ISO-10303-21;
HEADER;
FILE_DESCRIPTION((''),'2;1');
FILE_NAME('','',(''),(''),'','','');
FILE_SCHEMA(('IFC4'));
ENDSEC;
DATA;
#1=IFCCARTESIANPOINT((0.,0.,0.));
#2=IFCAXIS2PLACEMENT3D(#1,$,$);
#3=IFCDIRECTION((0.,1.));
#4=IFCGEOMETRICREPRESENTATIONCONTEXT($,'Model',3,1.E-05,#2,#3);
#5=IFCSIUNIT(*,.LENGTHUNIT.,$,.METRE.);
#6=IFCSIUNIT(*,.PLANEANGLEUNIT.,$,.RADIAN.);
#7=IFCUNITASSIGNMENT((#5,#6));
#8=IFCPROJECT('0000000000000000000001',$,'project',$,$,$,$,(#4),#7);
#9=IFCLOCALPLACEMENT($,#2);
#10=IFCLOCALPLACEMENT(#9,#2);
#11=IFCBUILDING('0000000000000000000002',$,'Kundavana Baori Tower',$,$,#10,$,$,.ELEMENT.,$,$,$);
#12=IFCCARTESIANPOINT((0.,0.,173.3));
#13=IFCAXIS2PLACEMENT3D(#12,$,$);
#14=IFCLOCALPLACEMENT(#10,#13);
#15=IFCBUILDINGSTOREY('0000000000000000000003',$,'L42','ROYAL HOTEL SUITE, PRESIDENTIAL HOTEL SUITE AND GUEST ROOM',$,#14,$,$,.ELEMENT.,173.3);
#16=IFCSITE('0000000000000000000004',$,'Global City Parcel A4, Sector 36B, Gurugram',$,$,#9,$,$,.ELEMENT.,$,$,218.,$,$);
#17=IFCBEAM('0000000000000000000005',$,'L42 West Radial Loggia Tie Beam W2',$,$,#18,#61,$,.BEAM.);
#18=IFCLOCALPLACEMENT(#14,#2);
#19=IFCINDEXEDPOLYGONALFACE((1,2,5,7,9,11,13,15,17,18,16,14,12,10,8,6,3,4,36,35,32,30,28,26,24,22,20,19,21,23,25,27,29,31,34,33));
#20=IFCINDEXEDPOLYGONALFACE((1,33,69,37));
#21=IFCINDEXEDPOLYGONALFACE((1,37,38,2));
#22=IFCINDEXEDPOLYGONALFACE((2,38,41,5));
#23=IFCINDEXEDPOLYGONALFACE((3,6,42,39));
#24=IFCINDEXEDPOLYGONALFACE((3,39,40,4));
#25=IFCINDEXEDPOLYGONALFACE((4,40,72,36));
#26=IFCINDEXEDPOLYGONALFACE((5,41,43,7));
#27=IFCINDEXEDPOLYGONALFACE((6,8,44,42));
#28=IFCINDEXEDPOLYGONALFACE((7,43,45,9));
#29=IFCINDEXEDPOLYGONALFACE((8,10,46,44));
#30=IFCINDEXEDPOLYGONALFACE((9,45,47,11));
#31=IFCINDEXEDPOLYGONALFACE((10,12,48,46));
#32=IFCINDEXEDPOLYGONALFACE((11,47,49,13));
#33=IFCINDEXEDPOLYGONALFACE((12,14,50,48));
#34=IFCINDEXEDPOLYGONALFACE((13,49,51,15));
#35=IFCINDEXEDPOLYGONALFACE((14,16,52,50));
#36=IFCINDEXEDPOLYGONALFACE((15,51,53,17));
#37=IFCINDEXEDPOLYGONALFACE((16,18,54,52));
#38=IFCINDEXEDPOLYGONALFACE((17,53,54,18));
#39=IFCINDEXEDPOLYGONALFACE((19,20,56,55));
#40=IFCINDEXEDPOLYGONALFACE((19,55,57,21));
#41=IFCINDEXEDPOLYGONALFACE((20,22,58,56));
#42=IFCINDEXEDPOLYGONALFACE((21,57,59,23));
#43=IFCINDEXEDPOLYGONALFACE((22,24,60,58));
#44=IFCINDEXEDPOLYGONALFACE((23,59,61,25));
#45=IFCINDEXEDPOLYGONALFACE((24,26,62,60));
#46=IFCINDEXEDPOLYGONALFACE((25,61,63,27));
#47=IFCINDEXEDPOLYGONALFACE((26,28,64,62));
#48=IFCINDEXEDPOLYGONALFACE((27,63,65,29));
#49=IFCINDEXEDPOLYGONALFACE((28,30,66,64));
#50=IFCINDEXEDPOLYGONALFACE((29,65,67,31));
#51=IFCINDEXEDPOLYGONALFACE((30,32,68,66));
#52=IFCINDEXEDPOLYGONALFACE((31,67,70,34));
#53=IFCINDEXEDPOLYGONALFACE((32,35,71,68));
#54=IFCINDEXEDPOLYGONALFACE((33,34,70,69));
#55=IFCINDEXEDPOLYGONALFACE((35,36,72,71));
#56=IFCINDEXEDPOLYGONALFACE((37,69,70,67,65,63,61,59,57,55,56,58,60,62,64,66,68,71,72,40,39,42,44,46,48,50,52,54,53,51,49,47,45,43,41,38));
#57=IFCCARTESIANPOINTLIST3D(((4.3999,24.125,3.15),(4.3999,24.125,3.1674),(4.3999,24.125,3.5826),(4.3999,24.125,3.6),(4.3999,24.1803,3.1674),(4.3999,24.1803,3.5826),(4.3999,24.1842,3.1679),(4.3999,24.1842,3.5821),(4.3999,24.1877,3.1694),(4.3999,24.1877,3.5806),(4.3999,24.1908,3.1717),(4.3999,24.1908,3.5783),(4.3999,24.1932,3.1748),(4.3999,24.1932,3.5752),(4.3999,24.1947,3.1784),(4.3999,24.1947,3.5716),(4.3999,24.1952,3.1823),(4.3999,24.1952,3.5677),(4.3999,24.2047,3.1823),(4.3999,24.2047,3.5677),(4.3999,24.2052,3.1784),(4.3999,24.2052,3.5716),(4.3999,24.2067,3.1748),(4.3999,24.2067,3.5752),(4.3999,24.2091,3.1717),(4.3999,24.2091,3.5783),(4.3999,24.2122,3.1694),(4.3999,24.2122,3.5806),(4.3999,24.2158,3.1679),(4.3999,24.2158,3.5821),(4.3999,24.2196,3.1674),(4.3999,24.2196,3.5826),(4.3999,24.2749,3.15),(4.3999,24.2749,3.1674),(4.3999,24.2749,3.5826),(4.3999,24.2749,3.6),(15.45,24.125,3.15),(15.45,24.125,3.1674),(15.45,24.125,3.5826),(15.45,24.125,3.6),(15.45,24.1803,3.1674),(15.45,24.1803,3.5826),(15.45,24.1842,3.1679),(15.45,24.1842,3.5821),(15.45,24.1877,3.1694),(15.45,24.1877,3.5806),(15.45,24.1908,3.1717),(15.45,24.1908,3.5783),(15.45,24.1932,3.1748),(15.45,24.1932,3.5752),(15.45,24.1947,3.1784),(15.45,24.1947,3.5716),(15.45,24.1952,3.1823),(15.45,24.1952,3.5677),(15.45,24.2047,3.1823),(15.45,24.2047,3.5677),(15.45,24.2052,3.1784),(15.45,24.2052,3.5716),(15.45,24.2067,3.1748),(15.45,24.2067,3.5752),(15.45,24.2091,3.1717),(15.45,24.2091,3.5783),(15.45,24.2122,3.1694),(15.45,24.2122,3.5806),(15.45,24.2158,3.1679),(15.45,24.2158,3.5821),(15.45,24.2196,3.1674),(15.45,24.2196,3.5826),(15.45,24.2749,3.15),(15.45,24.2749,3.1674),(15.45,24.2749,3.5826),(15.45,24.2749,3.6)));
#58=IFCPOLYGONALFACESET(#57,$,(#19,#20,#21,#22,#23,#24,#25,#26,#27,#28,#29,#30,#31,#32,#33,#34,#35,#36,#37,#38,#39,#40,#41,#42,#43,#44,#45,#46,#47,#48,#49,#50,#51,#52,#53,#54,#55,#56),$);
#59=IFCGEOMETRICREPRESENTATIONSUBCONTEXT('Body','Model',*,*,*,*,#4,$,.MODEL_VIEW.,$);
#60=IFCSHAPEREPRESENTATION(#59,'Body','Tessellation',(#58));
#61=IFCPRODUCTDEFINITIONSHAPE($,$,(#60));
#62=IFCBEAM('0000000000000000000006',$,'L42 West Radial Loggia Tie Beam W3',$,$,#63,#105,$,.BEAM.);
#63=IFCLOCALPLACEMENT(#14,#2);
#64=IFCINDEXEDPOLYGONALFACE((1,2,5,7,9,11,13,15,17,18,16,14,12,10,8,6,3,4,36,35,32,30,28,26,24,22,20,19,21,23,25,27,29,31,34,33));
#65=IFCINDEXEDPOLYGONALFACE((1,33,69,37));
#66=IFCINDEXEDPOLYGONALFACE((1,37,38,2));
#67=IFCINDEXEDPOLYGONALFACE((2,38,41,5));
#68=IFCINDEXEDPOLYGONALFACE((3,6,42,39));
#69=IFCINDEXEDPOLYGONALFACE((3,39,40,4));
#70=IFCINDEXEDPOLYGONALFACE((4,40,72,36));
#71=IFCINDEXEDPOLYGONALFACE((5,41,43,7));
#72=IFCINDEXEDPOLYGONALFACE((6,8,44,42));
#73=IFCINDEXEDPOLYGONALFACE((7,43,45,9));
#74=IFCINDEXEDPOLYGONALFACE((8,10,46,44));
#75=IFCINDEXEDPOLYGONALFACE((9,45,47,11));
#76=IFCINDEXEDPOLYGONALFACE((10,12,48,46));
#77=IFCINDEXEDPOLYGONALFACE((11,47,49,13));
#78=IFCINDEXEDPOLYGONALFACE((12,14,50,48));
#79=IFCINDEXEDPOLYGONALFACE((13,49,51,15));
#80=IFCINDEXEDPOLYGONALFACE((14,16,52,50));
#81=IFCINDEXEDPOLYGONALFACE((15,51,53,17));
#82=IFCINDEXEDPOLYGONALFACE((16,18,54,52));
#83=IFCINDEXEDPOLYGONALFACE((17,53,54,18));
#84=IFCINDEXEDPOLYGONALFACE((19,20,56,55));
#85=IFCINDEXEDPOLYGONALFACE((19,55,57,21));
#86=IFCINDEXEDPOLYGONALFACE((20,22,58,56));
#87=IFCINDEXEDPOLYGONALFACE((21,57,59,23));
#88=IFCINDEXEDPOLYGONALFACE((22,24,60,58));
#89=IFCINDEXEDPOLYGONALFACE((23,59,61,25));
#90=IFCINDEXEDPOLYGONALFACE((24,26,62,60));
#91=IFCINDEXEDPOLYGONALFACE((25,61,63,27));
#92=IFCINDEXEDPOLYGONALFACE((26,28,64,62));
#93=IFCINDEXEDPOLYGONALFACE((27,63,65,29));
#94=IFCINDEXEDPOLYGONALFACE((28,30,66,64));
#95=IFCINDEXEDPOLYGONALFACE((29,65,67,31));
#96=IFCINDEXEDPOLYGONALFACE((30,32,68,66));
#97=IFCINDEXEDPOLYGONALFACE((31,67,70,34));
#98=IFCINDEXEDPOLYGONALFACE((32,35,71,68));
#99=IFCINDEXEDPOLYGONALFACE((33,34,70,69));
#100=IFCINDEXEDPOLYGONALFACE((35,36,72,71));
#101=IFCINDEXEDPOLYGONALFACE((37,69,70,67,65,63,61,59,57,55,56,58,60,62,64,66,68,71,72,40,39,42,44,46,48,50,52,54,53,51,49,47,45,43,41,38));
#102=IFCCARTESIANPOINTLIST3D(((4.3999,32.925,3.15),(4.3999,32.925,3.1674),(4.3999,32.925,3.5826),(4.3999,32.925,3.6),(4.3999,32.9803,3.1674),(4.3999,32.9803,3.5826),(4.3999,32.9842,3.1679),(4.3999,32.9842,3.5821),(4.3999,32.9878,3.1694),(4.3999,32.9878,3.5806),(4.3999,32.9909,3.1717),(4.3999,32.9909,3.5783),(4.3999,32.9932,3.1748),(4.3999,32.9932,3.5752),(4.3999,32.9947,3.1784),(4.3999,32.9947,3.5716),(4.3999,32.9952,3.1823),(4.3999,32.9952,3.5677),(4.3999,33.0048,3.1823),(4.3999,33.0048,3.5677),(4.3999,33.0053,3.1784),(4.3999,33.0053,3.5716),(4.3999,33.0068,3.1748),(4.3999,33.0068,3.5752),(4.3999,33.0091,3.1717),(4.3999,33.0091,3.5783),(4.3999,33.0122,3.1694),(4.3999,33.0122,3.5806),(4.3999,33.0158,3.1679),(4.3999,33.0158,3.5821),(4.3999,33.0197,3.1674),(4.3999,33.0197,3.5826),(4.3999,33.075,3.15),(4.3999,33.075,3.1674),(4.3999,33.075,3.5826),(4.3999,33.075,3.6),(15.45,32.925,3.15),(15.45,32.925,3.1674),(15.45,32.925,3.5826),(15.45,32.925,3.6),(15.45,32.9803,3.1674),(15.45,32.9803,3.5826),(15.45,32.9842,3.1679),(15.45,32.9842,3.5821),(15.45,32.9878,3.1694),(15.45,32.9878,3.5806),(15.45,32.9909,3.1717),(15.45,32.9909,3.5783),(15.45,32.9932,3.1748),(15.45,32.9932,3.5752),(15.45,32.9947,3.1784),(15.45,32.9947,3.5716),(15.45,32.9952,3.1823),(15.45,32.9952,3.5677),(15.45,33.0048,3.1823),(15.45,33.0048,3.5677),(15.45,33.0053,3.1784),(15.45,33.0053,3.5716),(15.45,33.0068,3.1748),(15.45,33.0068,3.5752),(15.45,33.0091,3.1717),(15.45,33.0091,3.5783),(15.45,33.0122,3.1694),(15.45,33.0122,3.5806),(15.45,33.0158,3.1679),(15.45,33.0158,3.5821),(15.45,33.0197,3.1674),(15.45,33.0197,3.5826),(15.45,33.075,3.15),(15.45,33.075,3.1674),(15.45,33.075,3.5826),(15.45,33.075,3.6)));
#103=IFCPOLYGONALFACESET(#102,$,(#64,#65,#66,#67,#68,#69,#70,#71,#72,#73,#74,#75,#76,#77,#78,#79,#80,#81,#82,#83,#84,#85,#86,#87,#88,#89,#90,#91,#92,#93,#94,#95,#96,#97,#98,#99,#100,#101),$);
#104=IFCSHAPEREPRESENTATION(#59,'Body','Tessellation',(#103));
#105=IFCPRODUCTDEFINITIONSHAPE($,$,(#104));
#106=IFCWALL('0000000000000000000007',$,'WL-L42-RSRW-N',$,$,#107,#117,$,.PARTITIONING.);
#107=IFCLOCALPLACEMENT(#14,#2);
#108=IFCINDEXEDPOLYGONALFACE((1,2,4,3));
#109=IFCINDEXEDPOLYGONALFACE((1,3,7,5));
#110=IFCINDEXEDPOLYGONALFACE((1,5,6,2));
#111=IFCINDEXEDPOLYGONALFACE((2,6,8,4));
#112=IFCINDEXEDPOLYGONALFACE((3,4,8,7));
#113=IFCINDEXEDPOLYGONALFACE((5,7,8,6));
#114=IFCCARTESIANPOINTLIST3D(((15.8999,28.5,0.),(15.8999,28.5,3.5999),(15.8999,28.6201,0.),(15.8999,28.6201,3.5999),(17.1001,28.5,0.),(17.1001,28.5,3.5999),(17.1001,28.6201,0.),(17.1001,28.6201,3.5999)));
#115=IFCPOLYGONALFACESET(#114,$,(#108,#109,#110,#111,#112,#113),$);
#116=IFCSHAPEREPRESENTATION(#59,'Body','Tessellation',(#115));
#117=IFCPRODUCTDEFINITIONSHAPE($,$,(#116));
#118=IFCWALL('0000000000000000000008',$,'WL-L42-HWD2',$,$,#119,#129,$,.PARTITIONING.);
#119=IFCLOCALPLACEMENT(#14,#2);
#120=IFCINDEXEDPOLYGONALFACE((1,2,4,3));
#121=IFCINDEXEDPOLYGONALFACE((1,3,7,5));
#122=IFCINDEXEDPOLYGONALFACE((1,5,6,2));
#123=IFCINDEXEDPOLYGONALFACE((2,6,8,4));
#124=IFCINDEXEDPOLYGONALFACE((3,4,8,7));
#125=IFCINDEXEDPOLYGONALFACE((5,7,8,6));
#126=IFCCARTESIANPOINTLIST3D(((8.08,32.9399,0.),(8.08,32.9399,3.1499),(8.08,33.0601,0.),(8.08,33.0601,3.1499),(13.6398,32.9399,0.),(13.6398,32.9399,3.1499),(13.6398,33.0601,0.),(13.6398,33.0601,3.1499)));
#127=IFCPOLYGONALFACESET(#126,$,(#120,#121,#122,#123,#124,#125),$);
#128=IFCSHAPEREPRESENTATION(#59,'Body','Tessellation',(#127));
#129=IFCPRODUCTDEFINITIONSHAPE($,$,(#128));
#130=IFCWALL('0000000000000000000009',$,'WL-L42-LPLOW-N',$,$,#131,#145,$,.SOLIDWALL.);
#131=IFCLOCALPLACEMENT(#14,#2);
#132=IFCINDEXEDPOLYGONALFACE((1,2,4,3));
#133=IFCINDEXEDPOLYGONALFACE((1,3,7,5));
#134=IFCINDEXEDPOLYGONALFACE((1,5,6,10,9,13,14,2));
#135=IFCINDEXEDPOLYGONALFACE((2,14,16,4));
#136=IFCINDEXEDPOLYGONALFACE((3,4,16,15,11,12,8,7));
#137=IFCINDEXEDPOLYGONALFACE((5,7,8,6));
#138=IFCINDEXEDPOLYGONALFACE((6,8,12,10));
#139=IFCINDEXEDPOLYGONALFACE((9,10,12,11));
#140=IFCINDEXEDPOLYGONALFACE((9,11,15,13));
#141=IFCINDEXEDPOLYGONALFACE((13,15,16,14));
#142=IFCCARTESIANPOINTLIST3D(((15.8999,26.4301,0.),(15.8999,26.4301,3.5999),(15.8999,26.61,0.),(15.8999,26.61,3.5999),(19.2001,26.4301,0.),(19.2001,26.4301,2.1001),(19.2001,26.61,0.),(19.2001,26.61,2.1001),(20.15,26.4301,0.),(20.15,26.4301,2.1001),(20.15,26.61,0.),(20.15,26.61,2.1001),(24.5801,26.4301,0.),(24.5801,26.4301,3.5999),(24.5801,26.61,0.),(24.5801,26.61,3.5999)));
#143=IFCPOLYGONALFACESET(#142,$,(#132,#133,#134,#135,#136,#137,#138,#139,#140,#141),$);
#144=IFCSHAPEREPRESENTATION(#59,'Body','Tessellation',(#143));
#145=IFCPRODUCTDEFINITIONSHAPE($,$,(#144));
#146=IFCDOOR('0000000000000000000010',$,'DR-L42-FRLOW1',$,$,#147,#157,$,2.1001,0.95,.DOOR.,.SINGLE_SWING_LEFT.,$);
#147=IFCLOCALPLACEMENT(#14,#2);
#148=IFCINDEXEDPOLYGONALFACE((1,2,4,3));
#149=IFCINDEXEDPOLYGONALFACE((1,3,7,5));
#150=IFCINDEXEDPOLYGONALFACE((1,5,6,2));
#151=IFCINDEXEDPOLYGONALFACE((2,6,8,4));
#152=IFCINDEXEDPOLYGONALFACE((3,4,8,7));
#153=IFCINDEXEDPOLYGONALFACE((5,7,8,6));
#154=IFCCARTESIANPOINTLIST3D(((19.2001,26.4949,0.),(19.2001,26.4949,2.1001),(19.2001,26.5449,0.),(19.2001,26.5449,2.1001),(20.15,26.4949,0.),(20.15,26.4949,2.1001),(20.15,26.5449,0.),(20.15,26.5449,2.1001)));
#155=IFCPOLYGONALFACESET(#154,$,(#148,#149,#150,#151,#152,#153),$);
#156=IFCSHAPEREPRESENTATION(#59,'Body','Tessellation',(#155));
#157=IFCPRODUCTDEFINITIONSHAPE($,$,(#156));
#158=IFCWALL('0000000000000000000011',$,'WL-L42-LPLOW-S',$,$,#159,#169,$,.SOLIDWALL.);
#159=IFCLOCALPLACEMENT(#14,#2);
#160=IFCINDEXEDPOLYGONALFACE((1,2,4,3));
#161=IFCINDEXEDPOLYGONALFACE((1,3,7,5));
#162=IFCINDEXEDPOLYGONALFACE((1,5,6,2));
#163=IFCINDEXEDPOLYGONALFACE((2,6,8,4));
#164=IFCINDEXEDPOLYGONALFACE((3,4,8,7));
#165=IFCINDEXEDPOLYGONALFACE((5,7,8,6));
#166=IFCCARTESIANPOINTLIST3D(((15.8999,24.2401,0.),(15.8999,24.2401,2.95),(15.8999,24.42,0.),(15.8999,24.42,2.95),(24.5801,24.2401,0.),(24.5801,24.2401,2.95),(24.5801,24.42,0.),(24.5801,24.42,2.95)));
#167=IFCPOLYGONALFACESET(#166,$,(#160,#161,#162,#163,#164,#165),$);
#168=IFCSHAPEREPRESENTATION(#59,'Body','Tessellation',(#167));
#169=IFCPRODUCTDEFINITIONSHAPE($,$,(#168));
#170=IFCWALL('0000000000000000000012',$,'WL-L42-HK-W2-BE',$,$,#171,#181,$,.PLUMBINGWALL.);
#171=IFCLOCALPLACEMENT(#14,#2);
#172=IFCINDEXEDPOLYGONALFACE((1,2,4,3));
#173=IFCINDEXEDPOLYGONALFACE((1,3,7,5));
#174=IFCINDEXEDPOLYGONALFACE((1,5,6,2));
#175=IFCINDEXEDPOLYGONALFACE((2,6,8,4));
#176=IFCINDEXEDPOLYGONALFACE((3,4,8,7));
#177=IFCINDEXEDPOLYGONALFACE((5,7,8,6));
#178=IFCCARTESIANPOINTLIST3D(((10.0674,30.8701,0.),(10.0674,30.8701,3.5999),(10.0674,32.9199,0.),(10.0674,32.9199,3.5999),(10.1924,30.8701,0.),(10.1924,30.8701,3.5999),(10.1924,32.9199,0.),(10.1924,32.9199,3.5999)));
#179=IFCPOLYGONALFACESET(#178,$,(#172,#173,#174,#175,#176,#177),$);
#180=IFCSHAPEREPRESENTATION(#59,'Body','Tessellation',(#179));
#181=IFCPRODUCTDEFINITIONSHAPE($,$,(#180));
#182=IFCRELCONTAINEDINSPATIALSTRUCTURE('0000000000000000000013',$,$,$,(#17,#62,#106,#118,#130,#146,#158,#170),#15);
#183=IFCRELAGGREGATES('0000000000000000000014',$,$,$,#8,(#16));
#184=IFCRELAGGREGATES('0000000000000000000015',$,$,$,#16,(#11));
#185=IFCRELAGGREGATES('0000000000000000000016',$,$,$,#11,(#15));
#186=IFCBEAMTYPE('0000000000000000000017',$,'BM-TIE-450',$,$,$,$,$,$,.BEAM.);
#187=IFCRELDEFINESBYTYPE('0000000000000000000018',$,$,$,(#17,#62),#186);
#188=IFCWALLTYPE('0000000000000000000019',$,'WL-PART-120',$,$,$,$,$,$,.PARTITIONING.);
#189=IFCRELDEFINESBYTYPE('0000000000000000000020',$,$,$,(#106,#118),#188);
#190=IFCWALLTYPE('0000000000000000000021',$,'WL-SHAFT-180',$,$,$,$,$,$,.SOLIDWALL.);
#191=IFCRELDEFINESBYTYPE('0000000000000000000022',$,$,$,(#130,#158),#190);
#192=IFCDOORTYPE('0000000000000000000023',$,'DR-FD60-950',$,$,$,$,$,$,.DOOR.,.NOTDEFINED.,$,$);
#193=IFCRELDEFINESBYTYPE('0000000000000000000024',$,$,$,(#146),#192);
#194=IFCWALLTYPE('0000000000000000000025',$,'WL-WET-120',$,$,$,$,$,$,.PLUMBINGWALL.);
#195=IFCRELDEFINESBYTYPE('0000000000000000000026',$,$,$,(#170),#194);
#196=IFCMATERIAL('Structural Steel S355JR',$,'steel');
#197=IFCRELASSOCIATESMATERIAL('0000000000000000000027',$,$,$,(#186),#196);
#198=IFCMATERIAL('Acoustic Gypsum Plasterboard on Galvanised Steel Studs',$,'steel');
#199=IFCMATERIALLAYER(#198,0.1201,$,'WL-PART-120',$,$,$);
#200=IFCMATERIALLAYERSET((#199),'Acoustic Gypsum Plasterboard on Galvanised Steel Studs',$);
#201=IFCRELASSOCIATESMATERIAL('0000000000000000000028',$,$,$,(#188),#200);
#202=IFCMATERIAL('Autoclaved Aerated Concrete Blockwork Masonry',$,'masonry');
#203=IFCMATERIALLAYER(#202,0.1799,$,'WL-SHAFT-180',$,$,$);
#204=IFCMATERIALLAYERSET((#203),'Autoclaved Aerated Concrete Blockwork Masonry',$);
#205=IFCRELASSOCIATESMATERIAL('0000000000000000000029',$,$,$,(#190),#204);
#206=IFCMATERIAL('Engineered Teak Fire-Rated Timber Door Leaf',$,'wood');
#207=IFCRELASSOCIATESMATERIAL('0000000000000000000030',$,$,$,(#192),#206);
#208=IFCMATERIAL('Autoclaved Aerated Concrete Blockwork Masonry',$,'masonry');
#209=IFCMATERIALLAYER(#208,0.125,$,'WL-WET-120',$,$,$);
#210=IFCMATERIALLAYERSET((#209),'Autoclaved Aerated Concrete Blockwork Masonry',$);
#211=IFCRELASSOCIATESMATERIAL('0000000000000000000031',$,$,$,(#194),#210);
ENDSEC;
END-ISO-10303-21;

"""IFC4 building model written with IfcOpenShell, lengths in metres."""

from ifc_helpers import new_model, si_unit, direction, frame, frame_2d, origin, origin_2d, place, context, subcontext, project, spatial, rectangle, i_section, extrude, material, layer, layer_set, material_profile, profile_set, type_object, element, fill, save


model = new_model("IFC4")

# Units and contexts
model_context = context("Model", 3, precision=1e-05, world=origin(), true_north=direction((0.0, 1.0)))
body_context = subcontext(model_context, "Body", "Model", "MODEL_VIEW")
ifc_project = project(units=[si_unit("LENGTHUNIT", "METRE"), si_unit("PLANEANGLEUNIT", "RADIAN")], contexts=[model_context])

# Site, building, storey
site_placement = place(None, origin())
site = spatial("IfcSite", under=ifc_project, at=site_placement, Name="Global City Parcel A4, Sector 36B, Gurugram", CompositionType="ELEMENT", RefElevation=218.0)
building_placement = place(site_placement, origin())
building = spatial("IfcBuilding", under=site, at=building_placement, Name="Kundavana Baori Tower", CompositionType="ELEMENT")
storey_placement = place(building_placement, frame((0.0, 0.0, 173.3)))
storey = spatial("IfcBuildingStorey", under=building, at=storey_placement, Name="L42", Description="ROYAL HOTEL SUITE, PRESIDENTIAL HOTEL SUITE AND GUEST ROOM", CompositionType="ELEMENT", Elevation=173.3)

# Beams
ifc_material_1 = material(Name="Structural Steel S355JR", Category="steel")
ifc_material_profile_1 = material_profile(ifc_material_1, i_section(OverallWidth=0.1499, OverallDepth=0.45, WebThickness=0.0095, FlangeThickness=0.0173, FilletRadius=0.0149, at=origin_2d()), Name="ISMB 450")
ifc_profile_set_1 = profile_set([ifc_material_profile_1], Name="Structural Steel S355JR")
beam_type_1 = type_object("IfcBeamType", Name="BM-TIE-450", PredefinedType="BEAM", material=ifc_profile_set_1)
for number, where, z_axis, x_axis, name in (
    (1, (15.45, 24.2, 3.375), (-1.0, 0.0, 0.0), (0.0, -1.0, 0.0), "L42 West Radial Loggia Tie Beam W2"),
    (2, (15.45, 33.0, 3.375), (-1.0, 0.0, 0.0), (0.0, -1.0, 0.0), "L42 West Radial Loggia Tie Beam W3"),
):
    element("IfcBeam", number, at=place(storey_placement, frame(where, z_axis=z_axis, x_axis=x_axis)), inside=storey, type_object=beam_type_1, Name=name, PredefinedType="BEAM", context=body_context, shape_type="SweptSolid", body=[
        extrude(i_section(OverallWidth=0.1499, OverallDepth=0.45, WebThickness=0.0095, FlangeThickness=0.0173, FilletRadius=0.0149, at=origin_2d()), origin(), (0.0, 0.0, 1.0), 11.05),
    ])

# Walls
ifc_material_2 = material(Name="Acoustic Gypsum Plasterboard on Galvanised Steel Studs", Category="steel")
ifc_layer_1 = layer(ifc_material_2, 0.1201, Name="WL-PART-120")
ifc_layer_set_1 = layer_set([ifc_layer_1], Name="Acoustic Gypsum Plasterboard on Galvanised Steel Studs")
wall_type_1 = type_object("IfcWallType", Name="WL-PART-120", PredefinedType="PARTITIONING", material=ifc_layer_set_1)
wall_1_placement = place(storey_placement, frame((15.8999, 28.5601, 0.0), z_axis=(0.0, 0.0, 1.0), x_axis=(1.0, 0.0, 0.0)))
element("IfcWall", 3, at=wall_1_placement, inside=storey, type_object=wall_type_1, Name="WL-L42-RSRW-N", PredefinedType="PARTITIONING", context=body_context, shape_type="SweptSolid", body=[
    extrude(rectangle(XDim=1.2002, YDim=0.1201, at=frame_2d((0.6001, 0.0))), origin(), (0.0, 0.0, 1.0), 3.5999),
])
wall_2_placement = place(storey_placement, frame((8.0801, 33.0, 0.0), z_axis=(0.0, 0.0, 1.0), x_axis=(1.0, 0.0, 0.0)))
element("IfcWall", 4, at=wall_2_placement, inside=storey, type_object=wall_type_1, Name="WL-L42-HWD2", PredefinedType="PARTITIONING", context=body_context, shape_type="SweptSolid", body=[
    extrude(rectangle(XDim=5.5598, YDim=0.1201, at=frame_2d((2.7798, 0.0))), origin(), (0.0, 0.0, 1.0), 3.1499),
])

# Wall, opening, door
ifc_material_3 = material(Name="Autoclaved Aerated Concrete Blockwork Masonry", Category="masonry")
ifc_layer_2 = layer(ifc_material_3, 0.1799, Name="WL-SHAFT-180")
ifc_layer_set_2 = layer_set([ifc_layer_2], Name="Autoclaved Aerated Concrete Blockwork Masonry")
wall_type_2 = type_object("IfcWallType", Name="WL-SHAFT-180", PredefinedType="SOLIDWALL", material=ifc_layer_set_2)
wall_3_placement = place(storey_placement, frame((15.8999, 26.52, 0.0), z_axis=(0.0, 0.0, 1.0), x_axis=(1.0, 0.0, 0.0)))
wall_3 = element("IfcWall", 5, at=wall_3_placement, inside=storey, type_object=wall_type_2, Name="WL-L42-LPLOW-N", PredefinedType="SOLIDWALL", context=body_context, shape_type="SweptSolid", body=[
    extrude(rectangle(XDim=8.6802, YDim=0.1799, at=frame_2d((4.3401, 0.0))), origin(), (0.0, 0.0, 1.0), 3.5999),
])
opening_1_placement = place(wall_3_placement, frame((3.3, 0.0, 0.0)))
opening_1 = element("IfcOpeningElement", 6, at=opening_1_placement, cuts=wall_3, PredefinedType="OPENING", context=body_context, shape_type="SweptSolid", body=[
    extrude(rectangle(XDim=0.95, YDim=2.1001, at=frame_2d((0.4751, 1.05))), frame((0.0, 0.1001, 0.0), z_axis=(0.0, -1.0, 0.0), x_axis=(1.0, 0.0, 0.0)), (0.0, 0.0, 1.0), 0.2),
])
ifc_material_4 = material(Name="Engineered Teak Fire-Rated Timber Door Leaf", Category="wood")
door_type_1 = type_object("IfcDoorType", Name="DR-FD60-950", OperationType="NOTDEFINED", PredefinedType="DOOR", material=ifc_material_4)
door_1_placement = place(opening_1_placement, origin())
door_1 = element("IfcDoor", 7, at=door_1_placement, inside=storey, type_object=door_type_1, Name="DR-L42-FRLOW1", OperationType="SINGLE_SWING_LEFT", OverallHeight=2.1001, OverallWidth=0.95, PredefinedType="DOOR", context=body_context, shape_type="SweptSolid", body=[
    extrude(rectangle(XDim=0.95, YDim=2.1001, at=frame_2d((0.4751, 1.05))), frame((0.0, 0.0249, 0.0), z_axis=(0.0, -1.0, 0.0), x_axis=(1.0, 0.0, 0.0)), (0.0, 0.0, 1.0), 0.05),
])
fill(opening_1, door_1)

# Walls
wall_4_placement = place(storey_placement, frame((15.8999, 24.3301, 0.0), z_axis=(0.0, 0.0, 1.0), x_axis=(1.0, 0.0, 0.0)))
element("IfcWall", 8, at=wall_4_placement, inside=storey, type_object=wall_type_2, Name="WL-L42-LPLOW-S", PredefinedType="SOLIDWALL", context=body_context, shape_type="SweptSolid", body=[
    extrude(rectangle(XDim=8.6802, YDim=0.1799, at=frame_2d((4.3401, 0.0))), origin(), (0.0, 0.0, 1.0), 2.95),
])
ifc_material_5 = material(Name="Autoclaved Aerated Concrete Blockwork Masonry", Category="masonry")
ifc_layer_3 = layer(ifc_material_5, 0.125, Name="WL-WET-120")
ifc_layer_set_3 = layer_set([ifc_layer_3], Name="Autoclaved Aerated Concrete Blockwork Masonry")
wall_type_3 = type_object("IfcWallType", Name="WL-WET-120", PredefinedType="PLUMBINGWALL", material=ifc_layer_set_3)
wall_5_placement = place(storey_placement, frame((10.1299, 30.8701, 0.0), z_axis=(0.0, 0.0, 1.0), x_axis=(0.0, 1.0, 0.0)))
element("IfcWall", 9, at=wall_5_placement, inside=storey, type_object=wall_type_3, Name="WL-L42-HK-W2-BE", PredefinedType="PLUMBINGWALL", context=body_context, shape_type="SweptSolid", body=[
    extrude(rectangle(XDim=2.0498, YDim=0.125, at=frame_2d((1.0249, 0.0))), origin(), (0.0, 0.0, 1.0), 3.5999),
])

save(model, "model.ifc")
